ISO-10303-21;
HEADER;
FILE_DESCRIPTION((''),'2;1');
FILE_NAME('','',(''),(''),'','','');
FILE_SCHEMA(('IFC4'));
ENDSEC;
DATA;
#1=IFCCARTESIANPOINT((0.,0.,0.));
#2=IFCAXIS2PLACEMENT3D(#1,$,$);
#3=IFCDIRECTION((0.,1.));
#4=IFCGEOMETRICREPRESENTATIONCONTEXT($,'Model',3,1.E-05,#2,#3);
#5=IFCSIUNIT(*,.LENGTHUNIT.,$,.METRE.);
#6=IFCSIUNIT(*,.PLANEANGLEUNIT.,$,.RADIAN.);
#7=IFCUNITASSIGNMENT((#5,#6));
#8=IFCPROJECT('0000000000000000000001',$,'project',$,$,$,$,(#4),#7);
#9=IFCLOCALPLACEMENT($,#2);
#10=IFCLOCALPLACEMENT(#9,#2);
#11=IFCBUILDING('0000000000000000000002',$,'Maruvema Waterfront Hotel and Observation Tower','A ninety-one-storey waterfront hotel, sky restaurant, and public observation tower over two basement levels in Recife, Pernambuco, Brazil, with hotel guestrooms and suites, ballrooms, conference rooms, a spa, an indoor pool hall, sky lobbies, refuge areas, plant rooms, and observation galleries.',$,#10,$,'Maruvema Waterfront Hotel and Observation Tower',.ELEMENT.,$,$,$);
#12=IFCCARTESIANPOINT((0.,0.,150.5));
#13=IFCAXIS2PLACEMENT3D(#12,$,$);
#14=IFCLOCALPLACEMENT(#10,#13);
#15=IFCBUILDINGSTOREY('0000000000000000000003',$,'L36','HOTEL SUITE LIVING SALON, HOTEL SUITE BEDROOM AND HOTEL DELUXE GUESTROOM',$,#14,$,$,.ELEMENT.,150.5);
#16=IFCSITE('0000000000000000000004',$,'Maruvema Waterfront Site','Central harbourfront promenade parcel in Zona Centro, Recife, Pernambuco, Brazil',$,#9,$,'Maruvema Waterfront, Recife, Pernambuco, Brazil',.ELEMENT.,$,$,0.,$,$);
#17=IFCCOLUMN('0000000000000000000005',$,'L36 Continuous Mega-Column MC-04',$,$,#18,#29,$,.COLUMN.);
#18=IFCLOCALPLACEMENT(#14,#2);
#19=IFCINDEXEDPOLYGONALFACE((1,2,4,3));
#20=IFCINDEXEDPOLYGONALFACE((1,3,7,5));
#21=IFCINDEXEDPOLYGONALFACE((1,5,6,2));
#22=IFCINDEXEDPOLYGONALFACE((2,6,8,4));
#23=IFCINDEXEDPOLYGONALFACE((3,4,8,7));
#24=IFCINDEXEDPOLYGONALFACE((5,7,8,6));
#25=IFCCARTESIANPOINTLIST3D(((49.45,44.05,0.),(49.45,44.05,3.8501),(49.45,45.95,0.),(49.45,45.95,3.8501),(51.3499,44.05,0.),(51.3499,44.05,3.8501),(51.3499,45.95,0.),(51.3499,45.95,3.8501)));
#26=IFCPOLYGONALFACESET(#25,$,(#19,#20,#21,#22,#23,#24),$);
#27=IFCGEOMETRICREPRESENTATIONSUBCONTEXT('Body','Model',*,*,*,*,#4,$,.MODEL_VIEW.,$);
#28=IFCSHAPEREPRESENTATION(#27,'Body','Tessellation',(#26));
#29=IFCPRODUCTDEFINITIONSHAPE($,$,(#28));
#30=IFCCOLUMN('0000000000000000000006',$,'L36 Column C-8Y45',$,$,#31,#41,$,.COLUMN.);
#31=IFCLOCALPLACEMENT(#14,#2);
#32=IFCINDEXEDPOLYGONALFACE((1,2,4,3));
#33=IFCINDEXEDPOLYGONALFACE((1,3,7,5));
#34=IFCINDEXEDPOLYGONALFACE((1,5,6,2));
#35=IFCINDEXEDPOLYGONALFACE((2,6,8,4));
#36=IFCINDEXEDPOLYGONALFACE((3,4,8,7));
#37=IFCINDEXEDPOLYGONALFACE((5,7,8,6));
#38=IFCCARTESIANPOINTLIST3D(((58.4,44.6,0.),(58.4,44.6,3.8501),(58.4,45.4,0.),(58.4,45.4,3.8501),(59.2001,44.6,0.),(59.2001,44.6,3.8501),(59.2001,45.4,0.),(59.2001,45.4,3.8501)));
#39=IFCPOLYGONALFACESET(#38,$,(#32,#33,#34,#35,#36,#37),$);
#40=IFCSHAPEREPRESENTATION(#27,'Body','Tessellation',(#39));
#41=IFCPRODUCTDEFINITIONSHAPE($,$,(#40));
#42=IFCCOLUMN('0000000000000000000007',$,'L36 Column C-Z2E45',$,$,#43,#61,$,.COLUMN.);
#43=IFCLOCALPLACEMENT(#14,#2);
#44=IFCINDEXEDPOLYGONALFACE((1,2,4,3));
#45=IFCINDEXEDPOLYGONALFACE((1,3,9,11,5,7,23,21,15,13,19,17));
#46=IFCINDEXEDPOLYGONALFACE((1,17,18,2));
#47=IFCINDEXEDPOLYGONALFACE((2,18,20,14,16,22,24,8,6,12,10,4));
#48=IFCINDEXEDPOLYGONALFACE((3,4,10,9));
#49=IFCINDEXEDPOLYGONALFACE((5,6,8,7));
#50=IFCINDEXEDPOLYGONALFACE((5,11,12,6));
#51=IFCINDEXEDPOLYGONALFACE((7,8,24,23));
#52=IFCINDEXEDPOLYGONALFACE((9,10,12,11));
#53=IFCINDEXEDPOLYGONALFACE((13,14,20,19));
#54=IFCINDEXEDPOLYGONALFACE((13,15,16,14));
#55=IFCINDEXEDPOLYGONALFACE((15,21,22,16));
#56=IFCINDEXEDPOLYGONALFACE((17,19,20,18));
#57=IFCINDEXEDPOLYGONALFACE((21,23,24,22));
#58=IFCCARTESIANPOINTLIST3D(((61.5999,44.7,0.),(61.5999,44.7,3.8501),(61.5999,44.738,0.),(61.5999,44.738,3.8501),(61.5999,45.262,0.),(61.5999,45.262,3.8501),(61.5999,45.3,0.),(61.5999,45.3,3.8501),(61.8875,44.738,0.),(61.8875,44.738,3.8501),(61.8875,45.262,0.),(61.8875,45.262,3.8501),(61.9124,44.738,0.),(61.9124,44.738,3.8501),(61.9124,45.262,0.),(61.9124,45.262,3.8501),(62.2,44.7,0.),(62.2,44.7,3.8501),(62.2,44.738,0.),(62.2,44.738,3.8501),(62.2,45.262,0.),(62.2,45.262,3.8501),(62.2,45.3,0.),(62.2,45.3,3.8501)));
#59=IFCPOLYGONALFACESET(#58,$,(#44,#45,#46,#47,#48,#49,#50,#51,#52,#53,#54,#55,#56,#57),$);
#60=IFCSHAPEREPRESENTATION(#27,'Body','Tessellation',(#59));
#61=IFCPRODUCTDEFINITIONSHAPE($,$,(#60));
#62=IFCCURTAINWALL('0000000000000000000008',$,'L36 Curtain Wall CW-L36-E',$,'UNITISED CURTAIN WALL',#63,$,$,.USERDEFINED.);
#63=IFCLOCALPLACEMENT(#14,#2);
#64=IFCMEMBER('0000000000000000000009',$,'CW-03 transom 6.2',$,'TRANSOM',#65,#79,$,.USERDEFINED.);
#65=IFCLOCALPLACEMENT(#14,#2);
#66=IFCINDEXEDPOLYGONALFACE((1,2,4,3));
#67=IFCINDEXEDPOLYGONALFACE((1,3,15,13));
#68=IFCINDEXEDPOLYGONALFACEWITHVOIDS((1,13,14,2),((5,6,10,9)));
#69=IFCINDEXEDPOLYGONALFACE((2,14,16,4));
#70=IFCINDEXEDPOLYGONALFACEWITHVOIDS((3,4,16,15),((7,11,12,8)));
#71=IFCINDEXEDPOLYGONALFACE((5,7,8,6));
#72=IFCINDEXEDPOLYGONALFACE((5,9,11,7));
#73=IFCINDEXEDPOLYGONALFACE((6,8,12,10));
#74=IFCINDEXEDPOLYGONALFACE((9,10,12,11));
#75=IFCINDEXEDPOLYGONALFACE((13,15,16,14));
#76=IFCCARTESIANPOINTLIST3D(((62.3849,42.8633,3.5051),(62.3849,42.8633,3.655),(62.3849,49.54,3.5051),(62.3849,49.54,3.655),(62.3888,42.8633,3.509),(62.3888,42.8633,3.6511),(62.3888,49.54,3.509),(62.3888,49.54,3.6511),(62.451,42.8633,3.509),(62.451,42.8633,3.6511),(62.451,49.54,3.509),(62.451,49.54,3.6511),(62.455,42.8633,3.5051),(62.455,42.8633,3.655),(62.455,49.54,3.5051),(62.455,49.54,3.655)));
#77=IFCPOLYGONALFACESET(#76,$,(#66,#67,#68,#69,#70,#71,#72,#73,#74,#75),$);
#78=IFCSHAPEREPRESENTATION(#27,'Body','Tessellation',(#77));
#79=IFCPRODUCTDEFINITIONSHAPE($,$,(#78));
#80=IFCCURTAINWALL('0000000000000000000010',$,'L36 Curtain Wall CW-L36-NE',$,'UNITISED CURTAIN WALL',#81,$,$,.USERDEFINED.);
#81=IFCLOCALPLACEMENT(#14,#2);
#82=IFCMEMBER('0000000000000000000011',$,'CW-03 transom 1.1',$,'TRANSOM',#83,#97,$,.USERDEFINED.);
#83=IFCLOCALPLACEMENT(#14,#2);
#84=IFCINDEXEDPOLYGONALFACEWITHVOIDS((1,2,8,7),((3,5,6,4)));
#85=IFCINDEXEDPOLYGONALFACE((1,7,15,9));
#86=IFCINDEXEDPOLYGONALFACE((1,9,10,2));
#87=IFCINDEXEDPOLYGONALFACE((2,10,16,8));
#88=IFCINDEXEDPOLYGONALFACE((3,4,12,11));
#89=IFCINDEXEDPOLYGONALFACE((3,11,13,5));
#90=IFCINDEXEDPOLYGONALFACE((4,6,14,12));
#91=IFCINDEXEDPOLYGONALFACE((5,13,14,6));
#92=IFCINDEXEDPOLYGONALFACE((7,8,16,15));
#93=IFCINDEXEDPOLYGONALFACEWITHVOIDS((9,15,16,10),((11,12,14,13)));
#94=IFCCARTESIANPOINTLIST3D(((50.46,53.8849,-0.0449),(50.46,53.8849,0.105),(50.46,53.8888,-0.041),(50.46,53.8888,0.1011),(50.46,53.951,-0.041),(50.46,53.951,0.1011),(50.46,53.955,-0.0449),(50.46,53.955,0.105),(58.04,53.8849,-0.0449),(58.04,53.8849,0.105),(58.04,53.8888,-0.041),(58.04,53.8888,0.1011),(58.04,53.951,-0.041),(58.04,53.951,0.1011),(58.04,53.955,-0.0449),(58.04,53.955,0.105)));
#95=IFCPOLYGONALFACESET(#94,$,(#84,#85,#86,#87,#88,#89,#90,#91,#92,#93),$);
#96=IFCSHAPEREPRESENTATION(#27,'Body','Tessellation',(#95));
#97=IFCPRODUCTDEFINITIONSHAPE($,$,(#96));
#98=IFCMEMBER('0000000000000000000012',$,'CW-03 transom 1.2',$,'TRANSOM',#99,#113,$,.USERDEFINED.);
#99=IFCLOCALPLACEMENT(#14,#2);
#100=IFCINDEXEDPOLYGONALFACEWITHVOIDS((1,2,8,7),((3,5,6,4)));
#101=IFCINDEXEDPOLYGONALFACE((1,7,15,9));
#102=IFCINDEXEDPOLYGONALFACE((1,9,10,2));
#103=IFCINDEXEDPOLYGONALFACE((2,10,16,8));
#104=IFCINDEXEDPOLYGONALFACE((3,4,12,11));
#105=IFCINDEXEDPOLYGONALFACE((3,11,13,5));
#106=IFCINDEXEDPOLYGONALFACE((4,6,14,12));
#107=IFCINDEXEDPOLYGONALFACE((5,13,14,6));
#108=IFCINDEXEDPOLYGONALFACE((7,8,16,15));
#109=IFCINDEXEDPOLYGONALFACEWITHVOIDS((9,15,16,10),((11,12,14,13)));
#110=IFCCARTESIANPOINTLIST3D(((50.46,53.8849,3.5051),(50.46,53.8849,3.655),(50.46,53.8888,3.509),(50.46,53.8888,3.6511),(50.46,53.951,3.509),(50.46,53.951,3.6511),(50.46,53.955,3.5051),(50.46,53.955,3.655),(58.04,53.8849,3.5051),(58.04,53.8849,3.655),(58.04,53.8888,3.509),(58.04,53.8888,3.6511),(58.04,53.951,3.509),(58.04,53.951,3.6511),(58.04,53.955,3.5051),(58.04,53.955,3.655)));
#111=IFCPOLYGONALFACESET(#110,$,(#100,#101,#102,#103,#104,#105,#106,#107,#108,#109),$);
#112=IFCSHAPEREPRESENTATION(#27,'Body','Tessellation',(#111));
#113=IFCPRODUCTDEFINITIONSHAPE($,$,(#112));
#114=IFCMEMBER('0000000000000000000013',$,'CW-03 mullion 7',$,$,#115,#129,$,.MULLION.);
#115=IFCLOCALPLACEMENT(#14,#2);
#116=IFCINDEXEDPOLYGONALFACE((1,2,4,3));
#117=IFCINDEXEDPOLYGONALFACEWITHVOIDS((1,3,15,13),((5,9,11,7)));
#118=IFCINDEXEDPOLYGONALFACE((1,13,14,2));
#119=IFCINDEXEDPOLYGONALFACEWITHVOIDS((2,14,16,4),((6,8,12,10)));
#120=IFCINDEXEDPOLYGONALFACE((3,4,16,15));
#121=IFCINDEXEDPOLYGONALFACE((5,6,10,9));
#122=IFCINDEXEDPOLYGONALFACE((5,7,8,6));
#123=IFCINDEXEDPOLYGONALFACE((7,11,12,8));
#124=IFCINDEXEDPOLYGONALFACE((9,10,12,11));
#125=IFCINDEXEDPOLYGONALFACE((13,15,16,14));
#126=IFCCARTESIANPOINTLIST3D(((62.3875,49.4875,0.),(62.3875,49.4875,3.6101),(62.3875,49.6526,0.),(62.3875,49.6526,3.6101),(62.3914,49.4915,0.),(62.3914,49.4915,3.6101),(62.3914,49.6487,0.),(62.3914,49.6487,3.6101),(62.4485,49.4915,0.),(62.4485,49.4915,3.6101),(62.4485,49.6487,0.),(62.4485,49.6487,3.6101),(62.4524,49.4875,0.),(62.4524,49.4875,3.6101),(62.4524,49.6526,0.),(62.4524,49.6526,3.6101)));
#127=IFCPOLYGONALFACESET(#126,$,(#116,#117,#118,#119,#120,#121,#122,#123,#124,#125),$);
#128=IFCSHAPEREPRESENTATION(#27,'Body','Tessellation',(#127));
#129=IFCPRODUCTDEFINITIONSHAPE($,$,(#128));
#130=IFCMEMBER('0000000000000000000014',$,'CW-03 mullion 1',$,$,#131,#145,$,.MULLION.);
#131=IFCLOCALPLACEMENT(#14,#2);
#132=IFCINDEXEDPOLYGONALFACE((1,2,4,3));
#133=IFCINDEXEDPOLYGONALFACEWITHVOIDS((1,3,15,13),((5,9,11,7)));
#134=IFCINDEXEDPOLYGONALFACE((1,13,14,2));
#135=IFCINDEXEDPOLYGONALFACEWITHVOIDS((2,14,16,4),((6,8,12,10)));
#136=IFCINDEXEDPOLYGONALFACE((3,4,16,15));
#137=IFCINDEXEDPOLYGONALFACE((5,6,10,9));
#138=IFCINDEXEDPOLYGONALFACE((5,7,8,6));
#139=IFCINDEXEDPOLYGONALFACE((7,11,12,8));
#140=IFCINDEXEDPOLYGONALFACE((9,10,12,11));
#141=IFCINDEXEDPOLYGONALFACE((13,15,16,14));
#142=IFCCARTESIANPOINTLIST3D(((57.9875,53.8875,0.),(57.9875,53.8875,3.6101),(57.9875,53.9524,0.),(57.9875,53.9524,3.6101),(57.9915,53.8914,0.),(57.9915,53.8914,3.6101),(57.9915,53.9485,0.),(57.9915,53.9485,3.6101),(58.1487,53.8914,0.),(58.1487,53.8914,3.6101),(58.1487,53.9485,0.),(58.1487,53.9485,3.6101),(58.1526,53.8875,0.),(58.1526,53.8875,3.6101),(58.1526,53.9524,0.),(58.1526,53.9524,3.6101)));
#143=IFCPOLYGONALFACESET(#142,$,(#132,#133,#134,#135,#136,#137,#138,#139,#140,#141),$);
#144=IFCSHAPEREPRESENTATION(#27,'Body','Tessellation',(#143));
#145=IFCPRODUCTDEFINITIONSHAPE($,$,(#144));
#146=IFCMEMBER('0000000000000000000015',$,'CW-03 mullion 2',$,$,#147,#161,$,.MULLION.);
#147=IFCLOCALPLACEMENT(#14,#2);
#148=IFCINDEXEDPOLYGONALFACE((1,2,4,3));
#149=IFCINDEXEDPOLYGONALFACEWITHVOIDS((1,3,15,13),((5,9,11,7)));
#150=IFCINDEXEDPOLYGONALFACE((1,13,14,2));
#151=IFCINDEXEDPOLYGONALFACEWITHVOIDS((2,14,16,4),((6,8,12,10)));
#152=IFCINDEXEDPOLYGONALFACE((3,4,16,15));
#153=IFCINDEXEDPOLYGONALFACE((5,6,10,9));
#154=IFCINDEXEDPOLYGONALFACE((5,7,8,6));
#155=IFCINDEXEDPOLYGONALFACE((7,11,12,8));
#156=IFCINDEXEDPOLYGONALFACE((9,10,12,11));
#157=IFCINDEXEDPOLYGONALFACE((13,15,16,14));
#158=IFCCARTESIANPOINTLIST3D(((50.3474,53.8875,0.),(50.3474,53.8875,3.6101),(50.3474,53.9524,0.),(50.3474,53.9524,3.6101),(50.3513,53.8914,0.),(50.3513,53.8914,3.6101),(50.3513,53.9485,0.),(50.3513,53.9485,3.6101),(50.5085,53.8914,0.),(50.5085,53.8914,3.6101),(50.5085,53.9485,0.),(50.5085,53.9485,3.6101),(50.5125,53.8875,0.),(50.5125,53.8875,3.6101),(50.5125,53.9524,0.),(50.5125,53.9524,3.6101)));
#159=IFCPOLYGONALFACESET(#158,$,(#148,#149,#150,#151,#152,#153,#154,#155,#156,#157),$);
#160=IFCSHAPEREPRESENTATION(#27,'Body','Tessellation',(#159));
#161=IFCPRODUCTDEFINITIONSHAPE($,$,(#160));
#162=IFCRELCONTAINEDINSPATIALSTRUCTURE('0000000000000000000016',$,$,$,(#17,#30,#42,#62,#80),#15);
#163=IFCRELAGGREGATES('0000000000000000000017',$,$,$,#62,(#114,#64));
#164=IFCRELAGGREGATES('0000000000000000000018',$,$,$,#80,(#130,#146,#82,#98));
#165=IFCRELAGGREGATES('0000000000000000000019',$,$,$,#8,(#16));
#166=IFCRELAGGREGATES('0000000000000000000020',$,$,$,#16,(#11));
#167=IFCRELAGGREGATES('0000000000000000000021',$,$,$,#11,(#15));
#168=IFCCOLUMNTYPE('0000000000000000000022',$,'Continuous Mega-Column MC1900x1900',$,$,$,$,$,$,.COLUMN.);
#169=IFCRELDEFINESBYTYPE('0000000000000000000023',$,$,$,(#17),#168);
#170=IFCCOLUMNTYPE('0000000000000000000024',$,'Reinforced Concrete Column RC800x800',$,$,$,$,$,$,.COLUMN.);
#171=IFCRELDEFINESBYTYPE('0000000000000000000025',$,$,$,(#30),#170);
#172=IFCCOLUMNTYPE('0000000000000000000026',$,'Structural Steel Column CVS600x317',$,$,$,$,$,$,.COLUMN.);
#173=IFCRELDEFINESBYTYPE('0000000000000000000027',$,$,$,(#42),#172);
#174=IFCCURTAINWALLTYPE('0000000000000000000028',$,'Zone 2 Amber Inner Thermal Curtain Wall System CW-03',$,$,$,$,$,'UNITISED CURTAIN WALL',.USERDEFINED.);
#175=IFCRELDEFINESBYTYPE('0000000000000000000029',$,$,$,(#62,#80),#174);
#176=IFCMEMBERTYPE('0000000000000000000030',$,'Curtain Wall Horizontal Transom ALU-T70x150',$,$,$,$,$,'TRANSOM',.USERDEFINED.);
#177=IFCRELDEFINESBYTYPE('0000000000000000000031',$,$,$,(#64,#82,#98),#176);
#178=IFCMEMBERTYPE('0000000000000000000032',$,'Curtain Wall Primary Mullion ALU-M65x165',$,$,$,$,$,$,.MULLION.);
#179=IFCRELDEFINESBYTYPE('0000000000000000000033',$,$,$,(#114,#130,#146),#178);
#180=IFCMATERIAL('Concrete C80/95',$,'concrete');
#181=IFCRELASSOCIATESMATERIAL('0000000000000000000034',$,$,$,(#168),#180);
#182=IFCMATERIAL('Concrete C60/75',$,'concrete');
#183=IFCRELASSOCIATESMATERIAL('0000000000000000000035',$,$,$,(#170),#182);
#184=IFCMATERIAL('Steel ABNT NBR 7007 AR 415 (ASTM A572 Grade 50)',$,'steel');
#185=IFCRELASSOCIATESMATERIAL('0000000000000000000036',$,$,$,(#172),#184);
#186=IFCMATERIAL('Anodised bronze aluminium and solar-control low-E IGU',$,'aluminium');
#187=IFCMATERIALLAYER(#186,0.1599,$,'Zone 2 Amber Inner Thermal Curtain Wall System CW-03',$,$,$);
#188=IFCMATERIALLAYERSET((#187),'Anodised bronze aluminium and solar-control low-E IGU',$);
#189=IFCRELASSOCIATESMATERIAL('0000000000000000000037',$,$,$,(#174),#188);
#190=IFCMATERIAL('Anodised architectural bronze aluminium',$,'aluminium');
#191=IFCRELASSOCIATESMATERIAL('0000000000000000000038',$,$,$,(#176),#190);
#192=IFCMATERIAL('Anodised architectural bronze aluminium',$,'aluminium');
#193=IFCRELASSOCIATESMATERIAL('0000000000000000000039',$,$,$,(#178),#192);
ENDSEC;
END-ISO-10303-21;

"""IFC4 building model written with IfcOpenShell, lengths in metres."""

from ifc_helpers import new_model, si_unit, direction, frame, origin, origin_2d, place, context, subcontext, project, spatial, rectangle, hollow_rectangle, i_section, extrude, material, layer, layer_set, material_profile, profile_set, type_object, element, aggregate, save


model = new_model("IFC4")

# Units and contexts
model_context = context("Model", 3, precision=1e-05, world=origin(), true_north=direction((0.0, 1.0)))
body_context = subcontext(model_context, "Body", "Model", "MODEL_VIEW")
ifc_project = project(units=[si_unit("LENGTHUNIT", "METRE"), si_unit("PLANEANGLEUNIT", "RADIAN")], contexts=[model_context])

# Site, building, storey
site_placement = place(None, origin())
site = spatial("IfcSite", under=ifc_project, at=site_placement, Name="Maruvema Waterfront Site", Description="Central harbourfront promenade parcel in Zona Centro, Recife, Pernambuco, Brazil", LongName="Maruvema Waterfront, Recife, Pernambuco, Brazil", CompositionType="ELEMENT", RefElevation=0.0)
building_placement = place(site_placement, origin())
building = spatial("IfcBuilding", under=site, at=building_placement, Name="Maruvema Waterfront Hotel and Observation Tower", Description="A ninety-one-storey waterfront hotel, sky restaurant, and public observation tower over two basement levels in Recife, Pernambuco, Brazil, with hotel guestrooms and suites, ballrooms, conference rooms, a spa, an indoor pool hall, sky lobbies, refuge areas, plant rooms, and observation galleries.", LongName="Maruvema Waterfront Hotel and Observation Tower", CompositionType="ELEMENT")
storey_placement = place(building_placement, frame((0.0, 0.0, 150.5)))
storey = spatial("IfcBuildingStorey", under=building, at=storey_placement, Name="L36", Description="HOTEL SUITE LIVING SALON, HOTEL SUITE BEDROOM AND HOTEL DELUXE GUESTROOM", CompositionType="ELEMENT", Elevation=150.5)

# Columns
ifc_material_1 = material(Name="Concrete C80/95", Category="concrete")
ifc_material_profile_1 = material_profile(ifc_material_1, rectangle(XDim=1.8999, YDim=1.8999, at=origin_2d()), Name="MC1900x1900")
ifc_profile_set_1 = profile_set([ifc_material_profile_1], Name="Concrete C80/95")
column_type_1 = type_object("IfcColumnType", Name="Continuous Mega-Column MC1900x1900", PredefinedType="COLUMN", material=ifc_profile_set_1)
column_1_placement = place(storey_placement, frame((50.3999, 45.0, 0.0), z_axis=(0.0, 0.0, 1.0), x_axis=(1.0, 0.0, 0.0)))
element("IfcColumn", 1, at=column_1_placement, inside=storey, type_object=column_type_1, Name="L36 Continuous Mega-Column MC-04", PredefinedType="COLUMN", context=body_context, shape_type="SweptSolid", body=[
    extrude(rectangle(XDim=1.8999, YDim=1.8999, at=origin_2d()), origin(), (0.0, 0.0, 1.0), 3.8501),
])
ifc_material_2 = material(Name="Concrete C60/75", Category="concrete")
ifc_material_profile_2 = material_profile(ifc_material_2, rectangle(XDim=0.8, YDim=0.8, at=origin_2d()), Name="RC800x800")
ifc_profile_set_2 = profile_set([ifc_material_profile_2], Name="Concrete C60/75")
column_type_2 = type_object("IfcColumnType", Name="Reinforced Concrete Column RC800x800", PredefinedType="COLUMN", material=ifc_profile_set_2)
column_2_placement = place(storey_placement, frame((58.8, 45.0, 0.0), z_axis=(0.0, 0.0, 1.0), x_axis=(1.0, 0.0, 0.0)))
element("IfcColumn", 2, at=column_2_placement, inside=storey, type_object=column_type_2, Name="L36 Column C-8Y45", PredefinedType="COLUMN", context=body_context, shape_type="SweptSolid", body=[
    extrude(rectangle(XDim=0.8, YDim=0.8, at=origin_2d()), origin(), (0.0, 0.0, 1.0), 3.8501),
])
ifc_material_3 = material(Name="Steel ABNT NBR 7007 AR 415 (ASTM A572 Grade 50)", Category="steel")
ifc_material_profile_3 = material_profile(ifc_material_3, i_section(OverallWidth=0.6001, OverallDepth=0.6001, WebThickness=0.0249, FlangeThickness=0.0381, at=origin_2d()), Name="CVS600x317")
ifc_profile_set_3 = profile_set([ifc_material_profile_3], Name="Steel ABNT NBR 7007 AR 415 (ASTM A572 Grade 50)")
column_type_3 = type_object("IfcColumnType", Name="Structural Steel Column CVS600x317", PredefinedType="COLUMN", material=ifc_profile_set_3)
column_3_placement = place(storey_placement, frame((61.8999, 45.0, 0.0), z_axis=(0.0, 0.0, 1.0), x_axis=(1.0, 0.0, 0.0)))
element("IfcColumn", 3, at=column_3_placement, inside=storey, type_object=column_type_3, Name="L36 Column C-Z2E45", PredefinedType="COLUMN", context=body_context, shape_type="SweptSolid", body=[
    extrude(i_section(OverallWidth=0.6001, OverallDepth=0.6001, WebThickness=0.0249, FlangeThickness=0.0381, at=origin_2d()), origin(), (0.0, 0.0, 1.0), 3.8501),
])

# Curtain wall, member
ifc_material_4 = material(Name="Anodised bronze aluminium and solar-control low-E IGU", Category="aluminium")
ifc_layer_1 = layer(ifc_material_4, 0.1599, Name="Zone 2 Amber Inner Thermal Curtain Wall System CW-03")
ifc_layer_set_1 = layer_set([ifc_layer_1], Name="Anodised bronze aluminium and solar-control low-E IGU")
curtain_wall_type = type_object("IfcCurtainWallType", Name="Zone 2 Amber Inner Thermal Curtain Wall System CW-03", ElementType="UNITISED CURTAIN WALL", PredefinedType="USERDEFINED", material=ifc_layer_set_1)
curtain_wall_1_placement = place(storey_placement, origin())
curtain_wall_1 = element("IfcCurtainWall", 4, at=curtain_wall_1_placement, inside=storey, type_object=curtain_wall_type, Name="L36 Curtain Wall CW-L36-E", ObjectType="UNITISED CURTAIN WALL", PredefinedType="USERDEFINED")
ifc_material_5 = material(Name="Anodised architectural bronze aluminium", Category="aluminium")
ifc_material_profile_4 = material_profile(ifc_material_5, hollow_rectangle(XDim=0.0701, YDim=0.1499, WallThickness=0.0039, at=origin_2d()), Name="ALU-T70x150")
ifc_profile_set_4 = profile_set([ifc_material_profile_4], Name="Anodised architectural bronze aluminium")
member_type_1 = type_object("IfcMemberType", Name="Curtain Wall Horizontal Transom ALU-T70x150", ElementType="TRANSOM", PredefinedType="USERDEFINED", material=ifc_profile_set_4)
member_1_placement = place(storey_placement, frame((62.4199, 42.8633, 3.5801), z_axis=(0.0, 1.0, 0.0), x_axis=(-1.0, 0.0, 0.0)))
member_1 = element("IfcMember", 5, at=member_1_placement, type_object=member_type_1, Name="CW-03 transom 6.2", ObjectType="TRANSOM", PredefinedType="USERDEFINED", context=body_context, shape_type="SweptSolid", body=[
    extrude(hollow_rectangle(XDim=0.0701, YDim=0.1499, WallThickness=0.0039, at=origin_2d()), origin(), (0.0, 0.0, 1.0), 6.6768),
])

# Curtain wall, members
curtain_wall_2_placement = place(storey_placement, origin())
curtain_wall_2 = element("IfcCurtainWall", 6, at=curtain_wall_2_placement, inside=storey, type_object=curtain_wall_type, Name="L36 Curtain Wall CW-L36-NE", ObjectType="UNITISED CURTAIN WALL", PredefinedType="USERDEFINED")
member_2_placement = place(storey_placement, frame((58.04, 53.9199, 0.03), z_axis=(-1.0, 0.0, 0.0), x_axis=(0.0, -1.0, 0.0)))
member_2 = element("IfcMember", 7, at=member_2_placement, type_object=member_type_1, Name="CW-03 transom 1.1", ObjectType="TRANSOM", PredefinedType="USERDEFINED", context=body_context, shape_type="SweptSolid", body=[
    extrude(hollow_rectangle(XDim=0.0701, YDim=0.1499, WallThickness=0.0039, at=origin_2d()), origin(), (0.0, 0.0, 1.0), 7.5801),
])
member_3_placement = place(storey_placement, frame((58.04, 53.9199, 3.5801), z_axis=(-1.0, 0.0, 0.0), x_axis=(0.0, -1.0, 0.0)))
member_3 = element("IfcMember", 8, at=member_3_placement, type_object=member_type_1, Name="CW-03 transom 1.2", ObjectType="TRANSOM", PredefinedType="USERDEFINED", context=body_context, shape_type="SweptSolid", body=[
    extrude(hollow_rectangle(XDim=0.0701, YDim=0.1499, WallThickness=0.0039, at=origin_2d()), origin(), (0.0, 0.0, 1.0), 7.5801),
])

# Members
ifc_material_6 = material(Name="Anodised architectural bronze aluminium", Category="aluminium")
ifc_material_profile_5 = material_profile(ifc_material_6, hollow_rectangle(XDim=0.0649, YDim=0.165, WallThickness=0.0039, at=origin_2d()), Name="ALU-M65x165")
ifc_profile_set_5 = profile_set([ifc_material_profile_5], Name="Anodised architectural bronze aluminium")
member_type_2 = type_object("IfcMemberType", Name="Curtain Wall Primary Mullion ALU-M65x165", PredefinedType="MULLION", material=ifc_profile_set_5)
member_4_placement = place(storey_placement, frame((62.4199, 49.5701, 0.0), z_axis=(0.0, 0.0, 1.0), x_axis=(-1.0, 0.0, 0.0)))
member_4 = element("IfcMember", 9, at=member_4_placement, type_object=member_type_2, Name="CW-03 mullion 7", PredefinedType="MULLION", context=body_context, shape_type="SweptSolid", body=[
    extrude(hollow_rectangle(XDim=0.0649, YDim=0.165, WallThickness=0.0039, at=origin_2d()), origin(), (0.0, 0.0, 1.0), 3.6101),
])
member_5_placement = place(storey_placement, frame((58.0701, 53.9199, 0.0), z_axis=(0.0, 0.0, 1.0), x_axis=(0.0, -1.0, 0.0)))
member_5 = element("IfcMember", 10, at=member_5_placement, type_object=member_type_2, Name="CW-03 mullion 1", PredefinedType="MULLION", context=body_context, shape_type="SweptSolid", body=[
    extrude(hollow_rectangle(XDim=0.0649, YDim=0.165, WallThickness=0.0039, at=origin_2d()), origin(), (0.0, 0.0, 1.0), 3.6101),
])
member_6_placement = place(storey_placement, frame((50.4299, 53.9199, 0.0), z_axis=(0.0, 0.0, 1.0), x_axis=(0.0, -1.0, 0.0)))
member_6 = element("IfcMember", 11, at=member_6_placement, type_object=member_type_2, Name="CW-03 mullion 2", PredefinedType="MULLION", context=body_context, shape_type="SweptSolid", body=[
    extrude(hollow_rectangle(XDim=0.0649, YDim=0.165, WallThickness=0.0039, at=origin_2d()), origin(), (0.0, 0.0, 1.0), 3.6101),
])

aggregate(curtain_wall_1, [member_4, member_1])
aggregate(curtain_wall_2, [member_5, member_6, member_2, member_3])

save(model, "model.ifc")
